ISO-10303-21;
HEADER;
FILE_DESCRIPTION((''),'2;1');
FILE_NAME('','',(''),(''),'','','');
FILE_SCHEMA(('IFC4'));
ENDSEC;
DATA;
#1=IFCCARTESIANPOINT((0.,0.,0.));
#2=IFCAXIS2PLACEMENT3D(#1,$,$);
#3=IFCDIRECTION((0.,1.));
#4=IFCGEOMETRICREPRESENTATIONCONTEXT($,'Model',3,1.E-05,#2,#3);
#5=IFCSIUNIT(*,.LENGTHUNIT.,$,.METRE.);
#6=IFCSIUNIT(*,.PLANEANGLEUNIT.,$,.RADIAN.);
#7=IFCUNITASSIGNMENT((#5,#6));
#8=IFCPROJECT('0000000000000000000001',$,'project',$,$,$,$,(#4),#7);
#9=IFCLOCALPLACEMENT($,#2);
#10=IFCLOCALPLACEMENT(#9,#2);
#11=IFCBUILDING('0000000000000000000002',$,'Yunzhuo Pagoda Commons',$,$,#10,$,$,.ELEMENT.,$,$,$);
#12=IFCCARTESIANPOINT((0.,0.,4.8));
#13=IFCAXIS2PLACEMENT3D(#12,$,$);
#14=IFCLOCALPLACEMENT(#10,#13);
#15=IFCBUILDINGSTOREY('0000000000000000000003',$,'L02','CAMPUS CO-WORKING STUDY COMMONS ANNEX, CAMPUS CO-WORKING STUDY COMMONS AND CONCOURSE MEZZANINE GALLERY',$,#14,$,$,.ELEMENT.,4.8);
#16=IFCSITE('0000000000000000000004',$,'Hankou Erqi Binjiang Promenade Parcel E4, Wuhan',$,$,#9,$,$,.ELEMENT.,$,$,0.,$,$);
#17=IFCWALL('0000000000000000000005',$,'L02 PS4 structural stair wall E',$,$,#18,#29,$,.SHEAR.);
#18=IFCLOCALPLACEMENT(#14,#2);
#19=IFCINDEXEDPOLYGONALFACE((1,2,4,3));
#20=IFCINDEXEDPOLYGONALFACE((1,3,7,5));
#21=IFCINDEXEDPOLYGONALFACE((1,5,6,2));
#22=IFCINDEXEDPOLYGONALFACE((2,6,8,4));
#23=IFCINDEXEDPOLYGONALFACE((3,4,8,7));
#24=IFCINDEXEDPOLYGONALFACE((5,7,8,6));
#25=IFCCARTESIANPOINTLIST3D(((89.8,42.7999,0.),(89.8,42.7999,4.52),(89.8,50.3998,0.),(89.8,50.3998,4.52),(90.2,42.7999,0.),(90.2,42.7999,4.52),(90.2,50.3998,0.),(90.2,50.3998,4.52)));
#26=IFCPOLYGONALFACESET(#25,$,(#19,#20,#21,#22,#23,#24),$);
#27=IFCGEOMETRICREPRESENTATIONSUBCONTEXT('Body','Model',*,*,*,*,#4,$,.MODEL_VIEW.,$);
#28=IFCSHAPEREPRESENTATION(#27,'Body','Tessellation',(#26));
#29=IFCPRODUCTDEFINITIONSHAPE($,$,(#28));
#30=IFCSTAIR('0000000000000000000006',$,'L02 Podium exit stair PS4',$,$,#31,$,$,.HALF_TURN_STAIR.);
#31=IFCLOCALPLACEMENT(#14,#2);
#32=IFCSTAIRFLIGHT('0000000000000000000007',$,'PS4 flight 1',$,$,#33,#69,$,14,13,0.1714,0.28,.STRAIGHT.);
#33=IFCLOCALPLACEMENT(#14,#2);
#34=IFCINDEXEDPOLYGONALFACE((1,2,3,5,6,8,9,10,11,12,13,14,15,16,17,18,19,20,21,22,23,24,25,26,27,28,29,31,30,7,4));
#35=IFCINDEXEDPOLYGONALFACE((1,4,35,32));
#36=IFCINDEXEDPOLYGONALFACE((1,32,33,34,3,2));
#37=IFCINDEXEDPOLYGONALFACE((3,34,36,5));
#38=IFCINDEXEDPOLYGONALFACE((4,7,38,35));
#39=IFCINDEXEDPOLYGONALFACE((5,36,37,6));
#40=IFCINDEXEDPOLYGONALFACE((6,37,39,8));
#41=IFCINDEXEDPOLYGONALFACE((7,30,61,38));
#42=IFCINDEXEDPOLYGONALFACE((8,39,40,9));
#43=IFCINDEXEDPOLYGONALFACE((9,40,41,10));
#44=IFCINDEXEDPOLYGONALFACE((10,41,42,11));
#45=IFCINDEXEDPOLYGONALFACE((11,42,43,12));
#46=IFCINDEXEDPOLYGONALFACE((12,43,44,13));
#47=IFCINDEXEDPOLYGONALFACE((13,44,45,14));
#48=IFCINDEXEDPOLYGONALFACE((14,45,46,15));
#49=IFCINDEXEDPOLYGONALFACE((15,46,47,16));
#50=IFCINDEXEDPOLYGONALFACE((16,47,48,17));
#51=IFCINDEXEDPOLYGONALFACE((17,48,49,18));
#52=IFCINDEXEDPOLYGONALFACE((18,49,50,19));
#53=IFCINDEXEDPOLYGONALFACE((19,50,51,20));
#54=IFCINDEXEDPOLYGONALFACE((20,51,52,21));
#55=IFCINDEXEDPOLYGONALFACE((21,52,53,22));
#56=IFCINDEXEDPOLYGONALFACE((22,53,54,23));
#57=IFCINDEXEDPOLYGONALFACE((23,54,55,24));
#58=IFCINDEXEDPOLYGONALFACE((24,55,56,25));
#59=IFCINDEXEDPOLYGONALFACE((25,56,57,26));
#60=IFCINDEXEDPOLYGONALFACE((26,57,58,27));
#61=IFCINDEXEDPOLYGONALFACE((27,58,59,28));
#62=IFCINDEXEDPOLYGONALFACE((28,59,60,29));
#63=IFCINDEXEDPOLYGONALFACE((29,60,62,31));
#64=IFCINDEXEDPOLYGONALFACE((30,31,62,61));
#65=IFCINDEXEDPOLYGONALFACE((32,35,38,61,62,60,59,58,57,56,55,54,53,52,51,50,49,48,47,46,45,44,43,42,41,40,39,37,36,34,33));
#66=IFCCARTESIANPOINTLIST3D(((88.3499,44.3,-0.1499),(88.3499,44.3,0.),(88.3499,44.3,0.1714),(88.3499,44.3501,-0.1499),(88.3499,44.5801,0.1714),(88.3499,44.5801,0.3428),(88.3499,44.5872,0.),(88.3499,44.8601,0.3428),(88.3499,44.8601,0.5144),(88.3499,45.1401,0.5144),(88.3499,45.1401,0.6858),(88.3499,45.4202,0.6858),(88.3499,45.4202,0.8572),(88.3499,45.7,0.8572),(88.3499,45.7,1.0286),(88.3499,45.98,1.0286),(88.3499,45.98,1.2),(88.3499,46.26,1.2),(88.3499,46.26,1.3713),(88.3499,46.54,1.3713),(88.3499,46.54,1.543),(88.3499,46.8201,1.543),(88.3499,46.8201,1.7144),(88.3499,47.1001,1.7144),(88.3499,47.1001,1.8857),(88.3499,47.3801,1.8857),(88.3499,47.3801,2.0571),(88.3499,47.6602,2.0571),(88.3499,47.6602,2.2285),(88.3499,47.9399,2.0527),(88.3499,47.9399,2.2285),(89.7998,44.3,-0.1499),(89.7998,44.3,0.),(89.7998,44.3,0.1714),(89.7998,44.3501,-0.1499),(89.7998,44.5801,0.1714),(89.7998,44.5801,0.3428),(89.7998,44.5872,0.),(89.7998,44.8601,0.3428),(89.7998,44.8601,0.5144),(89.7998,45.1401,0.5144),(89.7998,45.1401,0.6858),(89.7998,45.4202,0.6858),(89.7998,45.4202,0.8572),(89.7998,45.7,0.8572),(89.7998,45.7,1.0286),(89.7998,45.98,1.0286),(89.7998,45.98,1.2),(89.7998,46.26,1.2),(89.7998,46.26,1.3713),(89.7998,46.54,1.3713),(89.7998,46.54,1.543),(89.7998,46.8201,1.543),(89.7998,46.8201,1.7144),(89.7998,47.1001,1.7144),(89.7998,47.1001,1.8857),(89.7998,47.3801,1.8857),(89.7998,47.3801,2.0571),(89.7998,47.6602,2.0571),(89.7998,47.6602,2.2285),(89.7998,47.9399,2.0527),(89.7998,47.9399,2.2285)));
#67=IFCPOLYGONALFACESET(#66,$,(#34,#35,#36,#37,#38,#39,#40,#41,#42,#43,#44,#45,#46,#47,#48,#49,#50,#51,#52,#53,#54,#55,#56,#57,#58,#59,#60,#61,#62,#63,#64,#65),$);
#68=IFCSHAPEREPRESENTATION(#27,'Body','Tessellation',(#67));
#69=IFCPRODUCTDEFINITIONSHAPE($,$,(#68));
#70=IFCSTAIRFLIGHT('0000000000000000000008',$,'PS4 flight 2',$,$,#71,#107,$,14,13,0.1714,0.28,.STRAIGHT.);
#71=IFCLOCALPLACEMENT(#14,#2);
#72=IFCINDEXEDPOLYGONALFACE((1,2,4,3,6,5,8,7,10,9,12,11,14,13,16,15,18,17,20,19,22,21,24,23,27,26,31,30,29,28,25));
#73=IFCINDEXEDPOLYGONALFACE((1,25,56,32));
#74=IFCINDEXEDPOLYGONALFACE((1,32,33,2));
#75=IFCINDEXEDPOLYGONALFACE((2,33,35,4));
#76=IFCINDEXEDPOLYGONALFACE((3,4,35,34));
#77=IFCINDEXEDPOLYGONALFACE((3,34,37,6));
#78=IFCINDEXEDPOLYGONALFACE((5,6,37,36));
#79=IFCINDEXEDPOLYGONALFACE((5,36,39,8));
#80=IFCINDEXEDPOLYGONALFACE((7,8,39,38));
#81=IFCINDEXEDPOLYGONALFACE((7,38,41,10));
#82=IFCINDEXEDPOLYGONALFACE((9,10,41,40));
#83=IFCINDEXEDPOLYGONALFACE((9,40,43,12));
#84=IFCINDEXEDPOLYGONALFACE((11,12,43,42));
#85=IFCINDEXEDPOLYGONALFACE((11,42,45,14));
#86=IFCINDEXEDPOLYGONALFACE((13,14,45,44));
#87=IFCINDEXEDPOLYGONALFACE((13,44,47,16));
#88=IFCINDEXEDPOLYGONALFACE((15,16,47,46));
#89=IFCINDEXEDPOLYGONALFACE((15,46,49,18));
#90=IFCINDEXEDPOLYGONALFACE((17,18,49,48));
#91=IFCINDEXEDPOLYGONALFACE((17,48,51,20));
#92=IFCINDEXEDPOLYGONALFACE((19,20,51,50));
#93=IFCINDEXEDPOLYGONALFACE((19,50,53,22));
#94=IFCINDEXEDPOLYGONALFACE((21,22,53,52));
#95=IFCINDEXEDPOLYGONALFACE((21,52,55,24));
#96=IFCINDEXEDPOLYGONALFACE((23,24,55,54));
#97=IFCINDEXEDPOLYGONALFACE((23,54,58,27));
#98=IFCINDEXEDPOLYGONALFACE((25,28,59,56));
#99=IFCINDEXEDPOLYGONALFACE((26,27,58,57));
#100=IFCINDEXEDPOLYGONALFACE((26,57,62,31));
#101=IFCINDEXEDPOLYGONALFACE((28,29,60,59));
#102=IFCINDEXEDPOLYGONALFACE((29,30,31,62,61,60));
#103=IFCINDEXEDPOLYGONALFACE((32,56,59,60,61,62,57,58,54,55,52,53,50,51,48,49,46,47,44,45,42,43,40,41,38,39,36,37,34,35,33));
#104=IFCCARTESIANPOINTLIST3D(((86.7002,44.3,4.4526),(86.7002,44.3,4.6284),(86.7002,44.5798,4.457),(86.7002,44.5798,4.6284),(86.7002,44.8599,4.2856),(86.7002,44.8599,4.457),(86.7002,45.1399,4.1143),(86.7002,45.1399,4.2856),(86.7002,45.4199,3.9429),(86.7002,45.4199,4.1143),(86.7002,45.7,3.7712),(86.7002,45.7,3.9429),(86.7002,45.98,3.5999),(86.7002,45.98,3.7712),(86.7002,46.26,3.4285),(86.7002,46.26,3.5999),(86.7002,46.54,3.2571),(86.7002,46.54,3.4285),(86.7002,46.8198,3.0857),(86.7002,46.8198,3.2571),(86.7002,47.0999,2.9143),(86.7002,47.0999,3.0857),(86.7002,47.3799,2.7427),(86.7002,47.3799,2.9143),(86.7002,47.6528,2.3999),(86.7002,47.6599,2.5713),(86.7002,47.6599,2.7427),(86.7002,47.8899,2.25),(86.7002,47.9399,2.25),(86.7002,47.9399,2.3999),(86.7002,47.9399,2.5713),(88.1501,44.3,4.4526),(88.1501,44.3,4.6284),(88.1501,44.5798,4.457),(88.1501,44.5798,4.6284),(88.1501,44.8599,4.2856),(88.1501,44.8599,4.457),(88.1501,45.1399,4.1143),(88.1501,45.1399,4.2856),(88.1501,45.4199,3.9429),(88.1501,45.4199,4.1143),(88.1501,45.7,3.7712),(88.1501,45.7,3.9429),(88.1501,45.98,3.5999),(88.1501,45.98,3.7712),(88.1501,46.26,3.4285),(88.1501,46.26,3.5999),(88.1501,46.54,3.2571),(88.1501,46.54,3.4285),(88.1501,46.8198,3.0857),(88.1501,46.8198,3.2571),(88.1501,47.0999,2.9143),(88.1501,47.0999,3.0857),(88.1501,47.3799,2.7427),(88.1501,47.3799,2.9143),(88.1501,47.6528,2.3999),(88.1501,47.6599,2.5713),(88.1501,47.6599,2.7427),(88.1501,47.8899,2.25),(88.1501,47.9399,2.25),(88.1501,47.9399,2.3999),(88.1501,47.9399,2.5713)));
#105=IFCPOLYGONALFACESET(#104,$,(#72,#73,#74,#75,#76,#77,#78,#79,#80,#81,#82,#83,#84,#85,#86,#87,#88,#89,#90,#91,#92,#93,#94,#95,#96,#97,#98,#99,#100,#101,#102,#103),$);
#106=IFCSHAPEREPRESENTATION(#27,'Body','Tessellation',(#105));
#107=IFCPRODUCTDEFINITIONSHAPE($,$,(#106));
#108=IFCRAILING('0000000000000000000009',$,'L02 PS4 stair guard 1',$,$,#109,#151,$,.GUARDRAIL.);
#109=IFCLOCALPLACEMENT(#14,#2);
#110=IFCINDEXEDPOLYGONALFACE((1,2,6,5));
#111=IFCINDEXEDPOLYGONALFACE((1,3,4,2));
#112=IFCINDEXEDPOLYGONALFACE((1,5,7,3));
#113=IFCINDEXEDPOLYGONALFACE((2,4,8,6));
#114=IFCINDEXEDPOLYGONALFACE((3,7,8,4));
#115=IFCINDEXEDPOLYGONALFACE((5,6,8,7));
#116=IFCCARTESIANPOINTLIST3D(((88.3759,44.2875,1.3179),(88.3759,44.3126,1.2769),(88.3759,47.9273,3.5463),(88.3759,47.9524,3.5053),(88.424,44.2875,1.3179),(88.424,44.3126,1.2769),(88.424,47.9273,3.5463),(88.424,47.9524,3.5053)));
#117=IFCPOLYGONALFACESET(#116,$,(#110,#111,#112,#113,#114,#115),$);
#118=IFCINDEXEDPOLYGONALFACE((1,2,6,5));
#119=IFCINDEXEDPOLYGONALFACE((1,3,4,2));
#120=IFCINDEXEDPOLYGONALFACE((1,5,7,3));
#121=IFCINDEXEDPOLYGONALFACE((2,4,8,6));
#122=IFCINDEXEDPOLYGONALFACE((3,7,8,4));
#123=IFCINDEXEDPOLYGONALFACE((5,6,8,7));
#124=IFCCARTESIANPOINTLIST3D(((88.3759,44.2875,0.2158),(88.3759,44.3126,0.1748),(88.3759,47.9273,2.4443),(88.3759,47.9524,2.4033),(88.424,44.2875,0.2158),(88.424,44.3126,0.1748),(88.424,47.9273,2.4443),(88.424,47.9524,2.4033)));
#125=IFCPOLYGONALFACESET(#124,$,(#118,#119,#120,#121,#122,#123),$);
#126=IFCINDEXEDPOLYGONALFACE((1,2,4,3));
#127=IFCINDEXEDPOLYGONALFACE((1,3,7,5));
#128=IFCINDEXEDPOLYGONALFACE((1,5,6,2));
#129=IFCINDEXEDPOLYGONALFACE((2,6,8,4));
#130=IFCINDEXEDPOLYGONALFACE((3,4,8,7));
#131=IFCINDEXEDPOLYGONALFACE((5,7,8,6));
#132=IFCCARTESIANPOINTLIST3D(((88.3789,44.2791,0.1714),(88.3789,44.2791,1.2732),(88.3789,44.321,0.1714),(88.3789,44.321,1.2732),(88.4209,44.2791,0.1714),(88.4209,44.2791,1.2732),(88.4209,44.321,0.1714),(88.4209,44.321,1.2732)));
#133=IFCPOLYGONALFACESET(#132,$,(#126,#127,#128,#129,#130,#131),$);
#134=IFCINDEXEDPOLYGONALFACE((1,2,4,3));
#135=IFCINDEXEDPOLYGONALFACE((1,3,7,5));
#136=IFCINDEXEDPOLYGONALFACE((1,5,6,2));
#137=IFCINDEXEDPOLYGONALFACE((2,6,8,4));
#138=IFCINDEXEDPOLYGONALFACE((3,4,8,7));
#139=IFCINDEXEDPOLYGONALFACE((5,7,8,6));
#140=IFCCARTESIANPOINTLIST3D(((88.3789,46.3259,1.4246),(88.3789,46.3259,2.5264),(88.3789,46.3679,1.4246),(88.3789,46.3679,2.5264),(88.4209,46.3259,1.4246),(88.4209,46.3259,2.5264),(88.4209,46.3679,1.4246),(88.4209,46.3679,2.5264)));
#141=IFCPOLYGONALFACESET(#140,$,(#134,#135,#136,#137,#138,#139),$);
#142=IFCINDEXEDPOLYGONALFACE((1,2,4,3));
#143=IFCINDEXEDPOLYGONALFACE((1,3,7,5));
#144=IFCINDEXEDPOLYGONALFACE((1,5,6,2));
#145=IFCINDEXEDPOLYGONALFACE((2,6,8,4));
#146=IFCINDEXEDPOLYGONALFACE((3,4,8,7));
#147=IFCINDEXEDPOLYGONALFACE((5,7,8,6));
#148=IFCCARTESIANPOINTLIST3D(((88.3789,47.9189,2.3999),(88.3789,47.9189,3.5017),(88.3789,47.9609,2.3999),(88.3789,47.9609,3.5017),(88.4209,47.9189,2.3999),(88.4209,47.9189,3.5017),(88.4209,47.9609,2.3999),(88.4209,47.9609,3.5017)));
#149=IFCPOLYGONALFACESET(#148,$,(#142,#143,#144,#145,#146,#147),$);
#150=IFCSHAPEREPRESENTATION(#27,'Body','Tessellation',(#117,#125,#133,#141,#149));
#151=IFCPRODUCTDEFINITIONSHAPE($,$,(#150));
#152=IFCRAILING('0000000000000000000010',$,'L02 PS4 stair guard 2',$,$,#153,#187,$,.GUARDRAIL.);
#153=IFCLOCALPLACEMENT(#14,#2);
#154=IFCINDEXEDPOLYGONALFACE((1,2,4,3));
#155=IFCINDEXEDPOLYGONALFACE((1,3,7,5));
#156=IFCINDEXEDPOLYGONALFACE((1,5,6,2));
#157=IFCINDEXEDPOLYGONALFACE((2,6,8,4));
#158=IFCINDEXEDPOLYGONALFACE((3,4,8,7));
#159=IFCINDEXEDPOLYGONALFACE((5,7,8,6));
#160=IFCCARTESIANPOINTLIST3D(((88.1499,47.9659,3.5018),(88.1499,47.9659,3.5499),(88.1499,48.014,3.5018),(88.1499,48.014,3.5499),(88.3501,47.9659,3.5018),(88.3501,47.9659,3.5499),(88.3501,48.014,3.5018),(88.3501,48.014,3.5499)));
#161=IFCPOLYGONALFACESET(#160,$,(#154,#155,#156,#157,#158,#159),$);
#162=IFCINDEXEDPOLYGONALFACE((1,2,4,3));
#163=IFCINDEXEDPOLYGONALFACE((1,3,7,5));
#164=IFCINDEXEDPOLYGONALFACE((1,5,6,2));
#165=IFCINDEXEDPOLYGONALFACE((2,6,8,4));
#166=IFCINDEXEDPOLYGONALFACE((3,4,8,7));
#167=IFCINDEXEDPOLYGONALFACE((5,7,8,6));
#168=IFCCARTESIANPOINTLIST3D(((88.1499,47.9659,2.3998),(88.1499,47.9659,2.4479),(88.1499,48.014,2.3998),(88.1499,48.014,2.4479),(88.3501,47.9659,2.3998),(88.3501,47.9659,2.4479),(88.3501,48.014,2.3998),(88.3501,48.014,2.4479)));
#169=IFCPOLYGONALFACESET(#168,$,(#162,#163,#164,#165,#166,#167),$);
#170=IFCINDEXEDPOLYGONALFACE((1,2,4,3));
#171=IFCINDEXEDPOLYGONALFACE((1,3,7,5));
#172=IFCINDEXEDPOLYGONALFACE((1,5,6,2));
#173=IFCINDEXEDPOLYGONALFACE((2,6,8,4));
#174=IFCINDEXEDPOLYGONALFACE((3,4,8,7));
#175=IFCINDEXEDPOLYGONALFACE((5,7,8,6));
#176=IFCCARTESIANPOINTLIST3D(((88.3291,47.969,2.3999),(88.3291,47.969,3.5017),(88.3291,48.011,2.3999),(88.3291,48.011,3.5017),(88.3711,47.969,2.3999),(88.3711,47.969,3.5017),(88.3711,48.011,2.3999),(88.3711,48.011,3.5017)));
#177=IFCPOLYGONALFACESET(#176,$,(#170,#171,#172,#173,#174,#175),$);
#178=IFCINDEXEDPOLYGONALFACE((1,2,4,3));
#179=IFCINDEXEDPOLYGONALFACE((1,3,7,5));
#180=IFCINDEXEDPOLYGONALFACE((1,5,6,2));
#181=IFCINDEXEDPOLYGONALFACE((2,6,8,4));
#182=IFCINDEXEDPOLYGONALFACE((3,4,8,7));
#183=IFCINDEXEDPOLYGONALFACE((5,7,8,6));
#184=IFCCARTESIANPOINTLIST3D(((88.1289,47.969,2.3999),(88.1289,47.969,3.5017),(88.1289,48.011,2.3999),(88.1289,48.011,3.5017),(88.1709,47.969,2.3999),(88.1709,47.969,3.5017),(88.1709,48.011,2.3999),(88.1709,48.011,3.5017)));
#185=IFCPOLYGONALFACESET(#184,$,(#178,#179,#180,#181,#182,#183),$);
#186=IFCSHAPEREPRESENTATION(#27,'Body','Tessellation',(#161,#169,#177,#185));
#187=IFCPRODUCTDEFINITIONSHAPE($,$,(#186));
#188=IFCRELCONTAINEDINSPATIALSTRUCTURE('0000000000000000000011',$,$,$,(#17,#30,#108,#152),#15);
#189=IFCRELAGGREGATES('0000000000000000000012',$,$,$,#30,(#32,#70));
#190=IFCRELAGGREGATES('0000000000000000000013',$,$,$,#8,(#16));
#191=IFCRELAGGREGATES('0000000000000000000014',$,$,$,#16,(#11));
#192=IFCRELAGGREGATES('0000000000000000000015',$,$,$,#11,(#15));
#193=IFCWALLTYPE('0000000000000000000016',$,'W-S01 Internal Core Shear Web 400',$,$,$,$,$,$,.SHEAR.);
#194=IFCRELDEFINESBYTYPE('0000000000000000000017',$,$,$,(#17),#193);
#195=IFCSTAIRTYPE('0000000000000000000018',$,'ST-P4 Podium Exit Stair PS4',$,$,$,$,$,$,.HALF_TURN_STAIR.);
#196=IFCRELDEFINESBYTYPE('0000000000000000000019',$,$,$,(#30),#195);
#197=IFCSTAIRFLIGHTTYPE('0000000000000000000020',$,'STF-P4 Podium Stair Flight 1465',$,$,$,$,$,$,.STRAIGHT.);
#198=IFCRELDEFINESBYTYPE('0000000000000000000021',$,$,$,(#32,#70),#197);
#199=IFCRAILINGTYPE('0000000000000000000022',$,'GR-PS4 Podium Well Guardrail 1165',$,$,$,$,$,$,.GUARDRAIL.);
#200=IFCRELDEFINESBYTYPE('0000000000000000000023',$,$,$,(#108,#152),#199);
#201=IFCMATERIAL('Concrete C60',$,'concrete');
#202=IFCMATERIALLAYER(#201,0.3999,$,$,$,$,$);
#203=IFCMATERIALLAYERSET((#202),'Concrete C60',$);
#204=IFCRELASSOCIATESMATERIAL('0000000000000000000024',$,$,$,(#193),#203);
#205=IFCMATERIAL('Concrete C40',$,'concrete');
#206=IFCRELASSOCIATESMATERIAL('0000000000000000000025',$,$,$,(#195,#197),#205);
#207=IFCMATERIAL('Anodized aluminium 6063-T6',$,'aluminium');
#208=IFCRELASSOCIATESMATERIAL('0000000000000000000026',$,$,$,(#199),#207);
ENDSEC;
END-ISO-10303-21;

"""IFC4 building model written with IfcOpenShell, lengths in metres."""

from ifc_helpers import new_model, si_unit, direction, frame, frame_2d, origin, origin_2d, place, context, subcontext, project, spatial, polyline, rectangle, outline, extrude, source, transform, mapped, material, layer, layer_set, type_object, element, aggregate, save


model = new_model("IFC4")

# Units and contexts
model_context = context("Model", 3, precision=1e-05, world=origin(), true_north=direction((0.0, 1.0)))
body_context = subcontext(model_context, "Body", "Model", "MODEL_VIEW")
ifc_project = project(units=[si_unit("LENGTHUNIT", "METRE"), si_unit("PLANEANGLEUNIT", "RADIAN")], contexts=[model_context])

# Site, building, storey
site_placement = place(None, origin())
site = spatial("IfcSite", under=ifc_project, at=site_placement, Name="Hankou Erqi Binjiang Promenade Parcel E4, Wuhan", CompositionType="ELEMENT", RefElevation=0.0)
building_placement = place(site_placement, origin())
building = spatial("IfcBuilding", under=site, at=building_placement, Name="Yunzhuo Pagoda Commons", CompositionType="ELEMENT")
storey_placement = place(building_placement, frame((0.0, 0.0, 4.8)))
storey = spatial("IfcBuildingStorey", under=building, at=storey_placement, Name="L02", Description="CAMPUS CO-WORKING STUDY COMMONS ANNEX, CAMPUS CO-WORKING STUDY COMMONS AND CONCOURSE MEZZANINE GALLERY", CompositionType="ELEMENT", Elevation=4.8)

# Shared definitions
ifc_material_1 = material(Name="Concrete C60", Category="concrete")
ifc_layer = layer(ifc_material_1, 0.3999)
ifc_layer_set = layer_set([ifc_layer], Name="Concrete C60")
wall_type = type_object("IfcWallType", Name="W-S01 Internal Core Shear Web 400", PredefinedType="SHEAR", material=ifc_layer_set)

# Wall
for number, where, z_axis, x_axis, name in (
    (1, (90.0, 42.8, 0.0), (0.0, 0.0, 1.0), (0.0, 1.0, 0.0), "L02 PS4 structural stair wall E"),
):
    element("IfcWall", number, at=place(storey_placement, frame(where, z_axis=z_axis, x_axis=x_axis)), inside=storey, type_object=wall_type, Name=name, PredefinedType="SHEAR", context=body_context, shape_type="SweptSolid", body=[
        extrude(rectangle(XDim=7.5999, YDim=0.3999, at=frame_2d((3.7998, 0.0))), origin(), (0.0, 0.0, 1.0), 4.52),
    ])

# Stair, stair flights
ifc_material_2 = material(Name="Concrete C40", Category="concrete")
stair_type = type_object("IfcStairType", Name="ST-P4 Podium Exit Stair PS4", PredefinedType="HALF_TURN_STAIR", material=ifc_material_2)
stair_placement = place(storey_placement, origin())
stair = element("IfcStair", 2, at=stair_placement, inside=storey, type_object=stair_type, Name="L02 Podium exit stair PS4", PredefinedType="HALF_TURN_STAIR")
stair_flight_type = type_object("IfcStairFlightType", Name="STF-P4 Podium Stair Flight 1465", PredefinedType="STRAIGHT", material=ifc_material_2)
shared_shape_1 = source(origin(), body_context, "Body", "SweptSolid", [
    extrude(outline(polyline([(0.0, -0.1499), (0.0, 0.0), (0.0, 0.1714), (0.28, 0.1714), (0.28, 0.3428), (0.5601, 0.3428), (0.5601, 0.5144), (0.8401, 0.5144), (0.8401, 0.6858), (1.1201, 0.6858), (1.1201, 0.8572), (1.3999, 0.8572), (1.3999, 1.0286), (1.6799, 1.0286), (1.6799, 1.2), (1.96, 1.2), (1.96, 1.3713), (2.24, 1.3713), (2.24, 1.543), (2.52, 1.543), (2.52, 1.7144), (2.8, 1.7144), (2.8, 1.8857), (3.0801, 1.8857), (3.0801, 2.0571), (3.3601, 2.0571), (3.3601, 2.2285), (3.6399, 2.2285), (3.6399, 2.3999), (3.6399, 2.0527), (0.2871, 0.0), (0.05, -0.1499), (0.0, -0.1499)])), frame((0.0, 0.7251, 0.0), z_axis=(0.0, -1.0, 0.0), x_axis=(1.0, 0.0, 0.0)), (0.0, 0.0, 1.0), 1.45),
])
stair_flight_1_placement = place(storey_placement, frame((89.075, 44.3, 0.0), z_axis=(0.0, 0.0, 1.0), x_axis=(0.0, 1.0, 0.0)))
stair_flight_1 = element("IfcStairFlight", 3, at=stair_flight_1_placement, type_object=stair_flight_type, Name="PS4 flight 1", NumberOfRisers=14, NumberOfTreads=13, PredefinedType="STRAIGHT", RiserHeight=0.1714, TreadLength=0.28, context=body_context, shape_type="MappedRepresentation", body=[
    mapped(shared_shape_1, transform((0.0, 0.0, 0.0), scale=1.0)),
])
stair_flight_2_placement = place(storey_placement, frame((87.425, 47.9399, 2.3999), z_axis=(0.0, 0.0, 1.0), x_axis=(0.0, -1.0, 0.0)))
stair_flight_2 = element("IfcStairFlight", 4, at=stair_flight_2_placement, type_object=stair_flight_type, Name="PS4 flight 2", NumberOfRisers=14, NumberOfTreads=13, PredefinedType="STRAIGHT", RiserHeight=0.1714, TreadLength=0.28, context=body_context, shape_type="MappedRepresentation", body=[
    mapped(shared_shape_1, transform((0.0, 0.0, 0.0), scale=1.0)),
])
aggregate(stair, [stair_flight_1, stair_flight_2])

# Railings
ifc_material_3 = material(Name="Anodized aluminium 6063-T6", Category="aluminium")
railing_type_1 = type_object("IfcRailingType", Name="GR-PS4 Podium Well Guardrail 1165", PredefinedType="GUARDRAIL", material=ifc_material_3)
railing_1_placement = place(storey_placement, frame((88.3999, 44.3, 0.1714)))
element("IfcRailing", 5, at=railing_1_placement, inside=storey, type_object=railing_type_1, Name="L02 PS4 stair guard 1", PredefinedType="GUARDRAIL", context=body_context, shape_type="SweptSolid", body=[
    extrude(rectangle(XDim=0.0481, YDim=0.0481, at=origin_2d()), frame((0.0, 0.0, 1.126), z_axis=(0.0, 0.85285, 0.522156), x_axis=(-1.0, 0.0, 0.0)), (0.0, 0.0, 1.0), 4.2678),
    extrude(rectangle(XDim=0.0481, YDim=0.0481, at=origin_2d()), frame((0.0, 0.0, 0.0239), z_axis=(0.0, 0.85285, 0.522156), x_axis=(-1.0, 0.0, 0.0)), (0.0, 0.0, 1.0), 4.2678),
    extrude(rectangle(XDim=0.042, YDim=0.042, at=origin_2d()), origin(), (0.0, 0.0, 1.0), 1.1018),
    extrude(rectangle(XDim=0.042, YDim=0.042, at=origin_2d()), frame((0.0, 2.0469, 1.2532)), (0.0, 0.0, 1.0), 1.1018),
    extrude(rectangle(XDim=0.042, YDim=0.042, at=origin_2d()), frame((0.0, 3.6399, 2.2285)), (0.0, 0.0, 1.0), 1.1018),
])
railing_2_placement = place(storey_placement, frame((88.3501, 47.99, 2.3999)))
element("IfcRailing", 6, at=railing_2_placement, inside=storey, type_object=railing_type_1, Name="L02 PS4 stair guard 2", PredefinedType="GUARDRAIL", context=body_context, shape_type="SweptSolid", body=[
    extrude(rectangle(XDim=0.0481, YDim=0.0481, at=origin_2d()), frame((0.0, 0.0, 1.126), z_axis=(-1.0, 0.0, 0.0), x_axis=(0.0, -1.0, 0.0)), (0.0, 0.0, 1.0), 0.2002),
    extrude(rectangle(XDim=0.0481, YDim=0.0481, at=origin_2d()), frame((0.0, 0.0, 0.0239), z_axis=(-1.0, 0.0, 0.0), x_axis=(0.0, -1.0, 0.0)), (0.0, 0.0, 1.0), 0.2002),
    extrude(rectangle(XDim=0.042, YDim=0.042, at=origin_2d()), origin(), (0.0, 0.0, 1.0), 1.1018),
    extrude(rectangle(XDim=0.042, YDim=0.042, at=origin_2d()), frame((-0.2002, 0.0, 0.0)), (0.0, 0.0, 1.0), 1.1018),
])

save(model, "model.ifc")
